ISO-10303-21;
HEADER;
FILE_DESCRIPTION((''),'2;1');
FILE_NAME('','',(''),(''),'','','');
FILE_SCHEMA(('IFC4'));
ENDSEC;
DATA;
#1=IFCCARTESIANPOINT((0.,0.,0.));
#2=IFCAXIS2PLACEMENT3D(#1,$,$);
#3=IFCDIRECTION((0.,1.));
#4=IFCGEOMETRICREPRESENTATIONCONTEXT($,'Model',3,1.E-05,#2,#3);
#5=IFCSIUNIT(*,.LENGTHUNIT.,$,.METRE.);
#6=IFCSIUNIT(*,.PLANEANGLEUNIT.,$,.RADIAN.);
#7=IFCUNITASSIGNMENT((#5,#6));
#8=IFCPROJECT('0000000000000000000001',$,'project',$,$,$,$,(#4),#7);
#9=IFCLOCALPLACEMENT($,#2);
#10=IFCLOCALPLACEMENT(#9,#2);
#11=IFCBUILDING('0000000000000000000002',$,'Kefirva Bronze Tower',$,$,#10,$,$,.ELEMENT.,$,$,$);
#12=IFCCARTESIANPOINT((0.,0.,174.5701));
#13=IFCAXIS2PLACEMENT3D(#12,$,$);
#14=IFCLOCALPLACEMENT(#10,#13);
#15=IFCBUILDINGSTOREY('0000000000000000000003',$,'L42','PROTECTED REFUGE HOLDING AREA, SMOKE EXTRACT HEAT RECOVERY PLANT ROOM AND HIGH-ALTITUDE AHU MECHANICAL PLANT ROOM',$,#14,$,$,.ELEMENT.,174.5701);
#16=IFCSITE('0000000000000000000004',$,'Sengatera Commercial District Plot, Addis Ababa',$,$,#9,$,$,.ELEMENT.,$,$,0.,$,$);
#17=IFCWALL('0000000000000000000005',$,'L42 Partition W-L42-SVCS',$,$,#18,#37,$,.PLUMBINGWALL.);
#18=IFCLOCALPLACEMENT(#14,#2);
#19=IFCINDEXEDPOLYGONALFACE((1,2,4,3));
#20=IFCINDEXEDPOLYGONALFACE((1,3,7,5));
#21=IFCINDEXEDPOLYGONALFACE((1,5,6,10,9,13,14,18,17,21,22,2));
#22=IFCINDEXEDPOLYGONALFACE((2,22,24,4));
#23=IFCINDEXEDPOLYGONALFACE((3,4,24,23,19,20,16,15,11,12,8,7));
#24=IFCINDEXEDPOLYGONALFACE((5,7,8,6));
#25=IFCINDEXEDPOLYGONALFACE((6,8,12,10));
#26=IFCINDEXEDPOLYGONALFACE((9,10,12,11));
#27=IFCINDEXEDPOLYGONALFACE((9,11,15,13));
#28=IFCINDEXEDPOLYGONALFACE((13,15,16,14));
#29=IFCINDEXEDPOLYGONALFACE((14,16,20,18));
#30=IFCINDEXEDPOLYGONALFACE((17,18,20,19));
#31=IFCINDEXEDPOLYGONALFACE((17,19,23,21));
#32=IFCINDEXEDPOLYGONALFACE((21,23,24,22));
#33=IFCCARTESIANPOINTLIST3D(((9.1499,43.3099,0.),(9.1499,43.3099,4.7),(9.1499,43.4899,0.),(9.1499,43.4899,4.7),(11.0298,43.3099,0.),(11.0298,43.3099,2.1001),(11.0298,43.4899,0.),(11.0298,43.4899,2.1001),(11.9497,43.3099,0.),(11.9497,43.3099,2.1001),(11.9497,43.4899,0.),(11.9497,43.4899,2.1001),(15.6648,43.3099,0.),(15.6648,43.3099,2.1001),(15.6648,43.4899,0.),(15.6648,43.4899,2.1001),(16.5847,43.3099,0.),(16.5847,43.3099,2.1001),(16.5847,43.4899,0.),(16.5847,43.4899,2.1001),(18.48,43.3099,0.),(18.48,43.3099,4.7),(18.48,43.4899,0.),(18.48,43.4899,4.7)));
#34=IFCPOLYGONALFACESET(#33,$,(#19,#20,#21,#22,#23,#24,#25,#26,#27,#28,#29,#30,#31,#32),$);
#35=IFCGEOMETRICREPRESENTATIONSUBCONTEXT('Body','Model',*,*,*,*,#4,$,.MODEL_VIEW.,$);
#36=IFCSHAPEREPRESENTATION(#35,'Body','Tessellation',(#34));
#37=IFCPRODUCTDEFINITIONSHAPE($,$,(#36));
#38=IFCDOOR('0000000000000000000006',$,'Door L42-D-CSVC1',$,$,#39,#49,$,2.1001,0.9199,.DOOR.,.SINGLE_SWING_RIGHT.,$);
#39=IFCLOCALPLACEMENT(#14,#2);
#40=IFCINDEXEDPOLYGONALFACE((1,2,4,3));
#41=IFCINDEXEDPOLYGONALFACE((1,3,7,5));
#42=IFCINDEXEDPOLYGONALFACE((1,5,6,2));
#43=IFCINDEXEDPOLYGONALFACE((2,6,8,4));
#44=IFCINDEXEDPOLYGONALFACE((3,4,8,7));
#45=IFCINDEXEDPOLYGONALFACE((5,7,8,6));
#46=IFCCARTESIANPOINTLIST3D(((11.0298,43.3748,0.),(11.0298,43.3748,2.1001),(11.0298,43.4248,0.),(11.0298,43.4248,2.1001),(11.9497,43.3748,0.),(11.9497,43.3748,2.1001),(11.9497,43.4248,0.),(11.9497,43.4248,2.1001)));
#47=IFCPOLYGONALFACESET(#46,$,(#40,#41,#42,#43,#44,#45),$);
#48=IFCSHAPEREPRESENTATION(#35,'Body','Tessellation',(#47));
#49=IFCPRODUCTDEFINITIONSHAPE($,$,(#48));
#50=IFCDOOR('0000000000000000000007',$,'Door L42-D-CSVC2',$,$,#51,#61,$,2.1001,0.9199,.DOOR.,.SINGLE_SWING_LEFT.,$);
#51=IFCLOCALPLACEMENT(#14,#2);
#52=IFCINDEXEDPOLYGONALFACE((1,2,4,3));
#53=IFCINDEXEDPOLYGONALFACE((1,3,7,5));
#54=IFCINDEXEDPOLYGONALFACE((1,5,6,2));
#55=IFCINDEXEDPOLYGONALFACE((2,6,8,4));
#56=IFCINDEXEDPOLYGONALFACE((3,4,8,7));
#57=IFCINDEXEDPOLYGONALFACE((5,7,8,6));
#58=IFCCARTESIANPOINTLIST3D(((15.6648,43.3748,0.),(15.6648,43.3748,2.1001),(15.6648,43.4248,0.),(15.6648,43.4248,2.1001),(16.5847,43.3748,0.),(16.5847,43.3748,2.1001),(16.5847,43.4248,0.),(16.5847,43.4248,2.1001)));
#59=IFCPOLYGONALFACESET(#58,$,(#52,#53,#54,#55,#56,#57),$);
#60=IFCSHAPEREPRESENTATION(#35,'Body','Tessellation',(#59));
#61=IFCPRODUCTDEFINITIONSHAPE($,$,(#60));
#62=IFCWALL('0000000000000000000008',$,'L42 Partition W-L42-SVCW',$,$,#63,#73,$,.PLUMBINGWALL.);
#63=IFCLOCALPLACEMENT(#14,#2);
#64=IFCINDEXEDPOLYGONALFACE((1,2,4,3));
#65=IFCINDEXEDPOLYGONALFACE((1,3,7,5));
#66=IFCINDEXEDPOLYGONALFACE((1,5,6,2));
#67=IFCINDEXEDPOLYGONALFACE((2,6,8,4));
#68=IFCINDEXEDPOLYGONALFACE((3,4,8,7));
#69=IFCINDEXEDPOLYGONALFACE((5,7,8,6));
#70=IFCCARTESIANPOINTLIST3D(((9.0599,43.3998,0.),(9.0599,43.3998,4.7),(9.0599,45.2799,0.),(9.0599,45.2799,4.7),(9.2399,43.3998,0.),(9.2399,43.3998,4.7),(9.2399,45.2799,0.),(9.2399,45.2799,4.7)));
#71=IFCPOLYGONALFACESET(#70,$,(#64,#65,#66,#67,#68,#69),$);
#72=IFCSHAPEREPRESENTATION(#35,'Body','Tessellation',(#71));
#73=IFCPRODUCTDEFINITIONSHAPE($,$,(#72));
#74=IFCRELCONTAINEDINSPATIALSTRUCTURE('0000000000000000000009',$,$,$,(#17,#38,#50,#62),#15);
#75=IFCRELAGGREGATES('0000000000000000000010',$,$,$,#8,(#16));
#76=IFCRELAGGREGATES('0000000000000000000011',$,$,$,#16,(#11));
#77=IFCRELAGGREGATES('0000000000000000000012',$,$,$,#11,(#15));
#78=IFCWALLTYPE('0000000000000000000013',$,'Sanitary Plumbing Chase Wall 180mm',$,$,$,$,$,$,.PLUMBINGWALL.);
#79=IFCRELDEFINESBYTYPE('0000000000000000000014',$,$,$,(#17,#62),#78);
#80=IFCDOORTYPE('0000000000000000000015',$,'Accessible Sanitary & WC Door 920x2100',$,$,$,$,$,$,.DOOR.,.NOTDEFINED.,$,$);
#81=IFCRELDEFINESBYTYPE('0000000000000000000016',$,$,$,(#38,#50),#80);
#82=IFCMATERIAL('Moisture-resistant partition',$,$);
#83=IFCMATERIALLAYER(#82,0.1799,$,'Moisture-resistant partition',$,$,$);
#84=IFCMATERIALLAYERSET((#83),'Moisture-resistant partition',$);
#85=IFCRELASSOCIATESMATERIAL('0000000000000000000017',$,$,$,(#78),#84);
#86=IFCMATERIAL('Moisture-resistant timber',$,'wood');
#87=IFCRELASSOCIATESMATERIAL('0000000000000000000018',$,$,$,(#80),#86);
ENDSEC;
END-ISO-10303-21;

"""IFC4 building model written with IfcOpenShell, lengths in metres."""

from ifc_helpers import new_model, si_unit, direction, frame, frame_2d, origin, place, context, subcontext, project, spatial, rectangle, extrude, material, layer, layer_set, type_object, element, fill, save


model = new_model("IFC4")

# Units and contexts
model_context = context("Model", 3, precision=1e-05, world=origin(), true_north=direction((0.0, 1.0)))
body_context = subcontext(model_context, "Body", "Model", "MODEL_VIEW")
ifc_project = project(units=[si_unit("LENGTHUNIT", "METRE"), si_unit("PLANEANGLEUNIT", "RADIAN")], contexts=[model_context])

# Site, building, storey
site_placement = place(None, origin())
site = spatial("IfcSite", under=ifc_project, at=site_placement, Name="Sengatera Commercial District Plot, Addis Ababa", CompositionType="ELEMENT", RefElevation=0.0)
building_placement = place(site_placement, origin())
building = spatial("IfcBuilding", under=site, at=building_placement, Name="Kefirva Bronze Tower", CompositionType="ELEMENT")
storey_placement = place(building_placement, frame((0.0, 0.0, 174.5701)))
storey = spatial("IfcBuildingStorey", under=building, at=storey_placement, Name="L42", Description="PROTECTED REFUGE HOLDING AREA, SMOKE EXTRACT HEAT RECOVERY PLANT ROOM AND HIGH-ALTITUDE AHU MECHANICAL PLANT ROOM", CompositionType="ELEMENT", Elevation=174.5701)

# Wall, openings, doors
ifc_material_1 = material(Name="Moisture-resistant partition")
ifc_layer_1 = layer(ifc_material_1, 0.1799, Name="Moisture-resistant partition")
ifc_layer_set_1 = layer_set([ifc_layer_1], Name="Moisture-resistant partition")
wall_type_1 = type_object("IfcWallType", Name="Sanitary Plumbing Chase Wall 180mm", PredefinedType="PLUMBINGWALL", material=ifc_layer_set_1)
wall_1_placement = place(storey_placement, frame((9.1499, 43.3999, 0.0), z_axis=(0.0, 0.0, 1.0), x_axis=(1.0, 0.0, 0.0)))
wall_1 = element("IfcWall", 1, at=wall_1_placement, inside=storey, type_object=wall_type_1, Name="L42 Partition W-L42-SVCS", PredefinedType="PLUMBINGWALL", context=body_context, shape_type="SweptSolid", body=[
    extrude(rectangle(XDim=9.3301, YDim=0.1799, at=frame_2d((4.665, 0.0))), origin(), (0.0, 0.0, 1.0), 4.7),
])
opening_1_placement = place(wall_1_placement, frame((1.8799, 0.0, 0.0)))
opening_1 = element("IfcOpeningElement", 2, at=opening_1_placement, cuts=wall_1, PredefinedType="OPENING", context=body_context, shape_type="SweptSolid", body=[
    extrude(rectangle(XDim=0.9199, YDim=2.1001, at=frame_2d((0.46, 1.05))), frame((0.0, 0.1001, 0.0), z_axis=(0.0, -1.0, 0.0), x_axis=(1.0, 0.0, 0.0)), (0.0, 0.0, 1.0), 0.2),
])
opening_2_placement = place(wall_1_placement, frame((6.5149, 0.0, 0.0)))
opening_2 = element("IfcOpeningElement", 3, at=opening_2_placement, cuts=wall_1, PredefinedType="OPENING", context=body_context, shape_type="SweptSolid", body=[
    extrude(rectangle(XDim=0.9199, YDim=2.1001, at=frame_2d((0.46, 1.05))), frame((0.0, 0.1001, 0.0), z_axis=(0.0, -1.0, 0.0), x_axis=(1.0, 0.0, 0.0)), (0.0, 0.0, 1.0), 0.2),
])
ifc_material_2 = material(Name="Moisture-resistant timber", Category="wood")
door_type_1 = type_object("IfcDoorType", Name="Accessible Sanitary & WC Door 920x2100", OperationType="NOTDEFINED", PredefinedType="DOOR", material=ifc_material_2)
door_1_placement = place(opening_1_placement, origin())
door_1 = element("IfcDoor", 4, at=door_1_placement, inside=storey, type_object=door_type_1, Name="Door L42-D-CSVC1", OperationType="SINGLE_SWING_RIGHT", OverallHeight=2.1001, OverallWidth=0.9199, PredefinedType="DOOR", context=body_context, shape_type="SweptSolid", body=[
    extrude(rectangle(XDim=0.9199, YDim=2.1001, at=frame_2d((0.46, 1.05))), frame((0.0, 0.0249, 0.0), z_axis=(0.0, -1.0, 0.0), x_axis=(1.0, 0.0, 0.0)), (0.0, 0.0, 1.0), 0.05),
])
fill(opening_1, door_1)
door_2_placement = place(opening_2_placement, origin())
door_2 = element("IfcDoor", 5, at=door_2_placement, inside=storey, type_object=door_type_1, Name="Door L42-D-CSVC2", OperationType="SINGLE_SWING_LEFT", OverallHeight=2.1001, OverallWidth=0.9199, PredefinedType="DOOR", context=body_context, shape_type="SweptSolid", body=[
    extrude(rectangle(XDim=0.9199, YDim=2.1001, at=frame_2d((0.46, 1.05))), frame((0.0, 0.0249, 0.0), z_axis=(0.0, -1.0, 0.0), x_axis=(1.0, 0.0, 0.0)), (0.0, 0.0, 1.0), 0.05),
])
fill(opening_2, door_2)

# Wall
wall_2_placement = place(storey_placement, frame((9.1499, 43.3999, 0.0), z_axis=(0.0, 0.0, 1.0), x_axis=(0.0, 1.0, 0.0)))
element("IfcWall", 6, at=wall_2_placement, inside=storey, type_object=wall_type_1, Name="L42 Partition W-L42-SVCW", PredefinedType="PLUMBINGWALL", context=body_context, shape_type="SweptSolid", body=[
    extrude(rectangle(XDim=1.8801, YDim=0.1799, at=frame_2d((0.9399, 0.0))), origin(), (0.0, 0.0, 1.0), 4.7),
])

save(model, "model.ifc")
